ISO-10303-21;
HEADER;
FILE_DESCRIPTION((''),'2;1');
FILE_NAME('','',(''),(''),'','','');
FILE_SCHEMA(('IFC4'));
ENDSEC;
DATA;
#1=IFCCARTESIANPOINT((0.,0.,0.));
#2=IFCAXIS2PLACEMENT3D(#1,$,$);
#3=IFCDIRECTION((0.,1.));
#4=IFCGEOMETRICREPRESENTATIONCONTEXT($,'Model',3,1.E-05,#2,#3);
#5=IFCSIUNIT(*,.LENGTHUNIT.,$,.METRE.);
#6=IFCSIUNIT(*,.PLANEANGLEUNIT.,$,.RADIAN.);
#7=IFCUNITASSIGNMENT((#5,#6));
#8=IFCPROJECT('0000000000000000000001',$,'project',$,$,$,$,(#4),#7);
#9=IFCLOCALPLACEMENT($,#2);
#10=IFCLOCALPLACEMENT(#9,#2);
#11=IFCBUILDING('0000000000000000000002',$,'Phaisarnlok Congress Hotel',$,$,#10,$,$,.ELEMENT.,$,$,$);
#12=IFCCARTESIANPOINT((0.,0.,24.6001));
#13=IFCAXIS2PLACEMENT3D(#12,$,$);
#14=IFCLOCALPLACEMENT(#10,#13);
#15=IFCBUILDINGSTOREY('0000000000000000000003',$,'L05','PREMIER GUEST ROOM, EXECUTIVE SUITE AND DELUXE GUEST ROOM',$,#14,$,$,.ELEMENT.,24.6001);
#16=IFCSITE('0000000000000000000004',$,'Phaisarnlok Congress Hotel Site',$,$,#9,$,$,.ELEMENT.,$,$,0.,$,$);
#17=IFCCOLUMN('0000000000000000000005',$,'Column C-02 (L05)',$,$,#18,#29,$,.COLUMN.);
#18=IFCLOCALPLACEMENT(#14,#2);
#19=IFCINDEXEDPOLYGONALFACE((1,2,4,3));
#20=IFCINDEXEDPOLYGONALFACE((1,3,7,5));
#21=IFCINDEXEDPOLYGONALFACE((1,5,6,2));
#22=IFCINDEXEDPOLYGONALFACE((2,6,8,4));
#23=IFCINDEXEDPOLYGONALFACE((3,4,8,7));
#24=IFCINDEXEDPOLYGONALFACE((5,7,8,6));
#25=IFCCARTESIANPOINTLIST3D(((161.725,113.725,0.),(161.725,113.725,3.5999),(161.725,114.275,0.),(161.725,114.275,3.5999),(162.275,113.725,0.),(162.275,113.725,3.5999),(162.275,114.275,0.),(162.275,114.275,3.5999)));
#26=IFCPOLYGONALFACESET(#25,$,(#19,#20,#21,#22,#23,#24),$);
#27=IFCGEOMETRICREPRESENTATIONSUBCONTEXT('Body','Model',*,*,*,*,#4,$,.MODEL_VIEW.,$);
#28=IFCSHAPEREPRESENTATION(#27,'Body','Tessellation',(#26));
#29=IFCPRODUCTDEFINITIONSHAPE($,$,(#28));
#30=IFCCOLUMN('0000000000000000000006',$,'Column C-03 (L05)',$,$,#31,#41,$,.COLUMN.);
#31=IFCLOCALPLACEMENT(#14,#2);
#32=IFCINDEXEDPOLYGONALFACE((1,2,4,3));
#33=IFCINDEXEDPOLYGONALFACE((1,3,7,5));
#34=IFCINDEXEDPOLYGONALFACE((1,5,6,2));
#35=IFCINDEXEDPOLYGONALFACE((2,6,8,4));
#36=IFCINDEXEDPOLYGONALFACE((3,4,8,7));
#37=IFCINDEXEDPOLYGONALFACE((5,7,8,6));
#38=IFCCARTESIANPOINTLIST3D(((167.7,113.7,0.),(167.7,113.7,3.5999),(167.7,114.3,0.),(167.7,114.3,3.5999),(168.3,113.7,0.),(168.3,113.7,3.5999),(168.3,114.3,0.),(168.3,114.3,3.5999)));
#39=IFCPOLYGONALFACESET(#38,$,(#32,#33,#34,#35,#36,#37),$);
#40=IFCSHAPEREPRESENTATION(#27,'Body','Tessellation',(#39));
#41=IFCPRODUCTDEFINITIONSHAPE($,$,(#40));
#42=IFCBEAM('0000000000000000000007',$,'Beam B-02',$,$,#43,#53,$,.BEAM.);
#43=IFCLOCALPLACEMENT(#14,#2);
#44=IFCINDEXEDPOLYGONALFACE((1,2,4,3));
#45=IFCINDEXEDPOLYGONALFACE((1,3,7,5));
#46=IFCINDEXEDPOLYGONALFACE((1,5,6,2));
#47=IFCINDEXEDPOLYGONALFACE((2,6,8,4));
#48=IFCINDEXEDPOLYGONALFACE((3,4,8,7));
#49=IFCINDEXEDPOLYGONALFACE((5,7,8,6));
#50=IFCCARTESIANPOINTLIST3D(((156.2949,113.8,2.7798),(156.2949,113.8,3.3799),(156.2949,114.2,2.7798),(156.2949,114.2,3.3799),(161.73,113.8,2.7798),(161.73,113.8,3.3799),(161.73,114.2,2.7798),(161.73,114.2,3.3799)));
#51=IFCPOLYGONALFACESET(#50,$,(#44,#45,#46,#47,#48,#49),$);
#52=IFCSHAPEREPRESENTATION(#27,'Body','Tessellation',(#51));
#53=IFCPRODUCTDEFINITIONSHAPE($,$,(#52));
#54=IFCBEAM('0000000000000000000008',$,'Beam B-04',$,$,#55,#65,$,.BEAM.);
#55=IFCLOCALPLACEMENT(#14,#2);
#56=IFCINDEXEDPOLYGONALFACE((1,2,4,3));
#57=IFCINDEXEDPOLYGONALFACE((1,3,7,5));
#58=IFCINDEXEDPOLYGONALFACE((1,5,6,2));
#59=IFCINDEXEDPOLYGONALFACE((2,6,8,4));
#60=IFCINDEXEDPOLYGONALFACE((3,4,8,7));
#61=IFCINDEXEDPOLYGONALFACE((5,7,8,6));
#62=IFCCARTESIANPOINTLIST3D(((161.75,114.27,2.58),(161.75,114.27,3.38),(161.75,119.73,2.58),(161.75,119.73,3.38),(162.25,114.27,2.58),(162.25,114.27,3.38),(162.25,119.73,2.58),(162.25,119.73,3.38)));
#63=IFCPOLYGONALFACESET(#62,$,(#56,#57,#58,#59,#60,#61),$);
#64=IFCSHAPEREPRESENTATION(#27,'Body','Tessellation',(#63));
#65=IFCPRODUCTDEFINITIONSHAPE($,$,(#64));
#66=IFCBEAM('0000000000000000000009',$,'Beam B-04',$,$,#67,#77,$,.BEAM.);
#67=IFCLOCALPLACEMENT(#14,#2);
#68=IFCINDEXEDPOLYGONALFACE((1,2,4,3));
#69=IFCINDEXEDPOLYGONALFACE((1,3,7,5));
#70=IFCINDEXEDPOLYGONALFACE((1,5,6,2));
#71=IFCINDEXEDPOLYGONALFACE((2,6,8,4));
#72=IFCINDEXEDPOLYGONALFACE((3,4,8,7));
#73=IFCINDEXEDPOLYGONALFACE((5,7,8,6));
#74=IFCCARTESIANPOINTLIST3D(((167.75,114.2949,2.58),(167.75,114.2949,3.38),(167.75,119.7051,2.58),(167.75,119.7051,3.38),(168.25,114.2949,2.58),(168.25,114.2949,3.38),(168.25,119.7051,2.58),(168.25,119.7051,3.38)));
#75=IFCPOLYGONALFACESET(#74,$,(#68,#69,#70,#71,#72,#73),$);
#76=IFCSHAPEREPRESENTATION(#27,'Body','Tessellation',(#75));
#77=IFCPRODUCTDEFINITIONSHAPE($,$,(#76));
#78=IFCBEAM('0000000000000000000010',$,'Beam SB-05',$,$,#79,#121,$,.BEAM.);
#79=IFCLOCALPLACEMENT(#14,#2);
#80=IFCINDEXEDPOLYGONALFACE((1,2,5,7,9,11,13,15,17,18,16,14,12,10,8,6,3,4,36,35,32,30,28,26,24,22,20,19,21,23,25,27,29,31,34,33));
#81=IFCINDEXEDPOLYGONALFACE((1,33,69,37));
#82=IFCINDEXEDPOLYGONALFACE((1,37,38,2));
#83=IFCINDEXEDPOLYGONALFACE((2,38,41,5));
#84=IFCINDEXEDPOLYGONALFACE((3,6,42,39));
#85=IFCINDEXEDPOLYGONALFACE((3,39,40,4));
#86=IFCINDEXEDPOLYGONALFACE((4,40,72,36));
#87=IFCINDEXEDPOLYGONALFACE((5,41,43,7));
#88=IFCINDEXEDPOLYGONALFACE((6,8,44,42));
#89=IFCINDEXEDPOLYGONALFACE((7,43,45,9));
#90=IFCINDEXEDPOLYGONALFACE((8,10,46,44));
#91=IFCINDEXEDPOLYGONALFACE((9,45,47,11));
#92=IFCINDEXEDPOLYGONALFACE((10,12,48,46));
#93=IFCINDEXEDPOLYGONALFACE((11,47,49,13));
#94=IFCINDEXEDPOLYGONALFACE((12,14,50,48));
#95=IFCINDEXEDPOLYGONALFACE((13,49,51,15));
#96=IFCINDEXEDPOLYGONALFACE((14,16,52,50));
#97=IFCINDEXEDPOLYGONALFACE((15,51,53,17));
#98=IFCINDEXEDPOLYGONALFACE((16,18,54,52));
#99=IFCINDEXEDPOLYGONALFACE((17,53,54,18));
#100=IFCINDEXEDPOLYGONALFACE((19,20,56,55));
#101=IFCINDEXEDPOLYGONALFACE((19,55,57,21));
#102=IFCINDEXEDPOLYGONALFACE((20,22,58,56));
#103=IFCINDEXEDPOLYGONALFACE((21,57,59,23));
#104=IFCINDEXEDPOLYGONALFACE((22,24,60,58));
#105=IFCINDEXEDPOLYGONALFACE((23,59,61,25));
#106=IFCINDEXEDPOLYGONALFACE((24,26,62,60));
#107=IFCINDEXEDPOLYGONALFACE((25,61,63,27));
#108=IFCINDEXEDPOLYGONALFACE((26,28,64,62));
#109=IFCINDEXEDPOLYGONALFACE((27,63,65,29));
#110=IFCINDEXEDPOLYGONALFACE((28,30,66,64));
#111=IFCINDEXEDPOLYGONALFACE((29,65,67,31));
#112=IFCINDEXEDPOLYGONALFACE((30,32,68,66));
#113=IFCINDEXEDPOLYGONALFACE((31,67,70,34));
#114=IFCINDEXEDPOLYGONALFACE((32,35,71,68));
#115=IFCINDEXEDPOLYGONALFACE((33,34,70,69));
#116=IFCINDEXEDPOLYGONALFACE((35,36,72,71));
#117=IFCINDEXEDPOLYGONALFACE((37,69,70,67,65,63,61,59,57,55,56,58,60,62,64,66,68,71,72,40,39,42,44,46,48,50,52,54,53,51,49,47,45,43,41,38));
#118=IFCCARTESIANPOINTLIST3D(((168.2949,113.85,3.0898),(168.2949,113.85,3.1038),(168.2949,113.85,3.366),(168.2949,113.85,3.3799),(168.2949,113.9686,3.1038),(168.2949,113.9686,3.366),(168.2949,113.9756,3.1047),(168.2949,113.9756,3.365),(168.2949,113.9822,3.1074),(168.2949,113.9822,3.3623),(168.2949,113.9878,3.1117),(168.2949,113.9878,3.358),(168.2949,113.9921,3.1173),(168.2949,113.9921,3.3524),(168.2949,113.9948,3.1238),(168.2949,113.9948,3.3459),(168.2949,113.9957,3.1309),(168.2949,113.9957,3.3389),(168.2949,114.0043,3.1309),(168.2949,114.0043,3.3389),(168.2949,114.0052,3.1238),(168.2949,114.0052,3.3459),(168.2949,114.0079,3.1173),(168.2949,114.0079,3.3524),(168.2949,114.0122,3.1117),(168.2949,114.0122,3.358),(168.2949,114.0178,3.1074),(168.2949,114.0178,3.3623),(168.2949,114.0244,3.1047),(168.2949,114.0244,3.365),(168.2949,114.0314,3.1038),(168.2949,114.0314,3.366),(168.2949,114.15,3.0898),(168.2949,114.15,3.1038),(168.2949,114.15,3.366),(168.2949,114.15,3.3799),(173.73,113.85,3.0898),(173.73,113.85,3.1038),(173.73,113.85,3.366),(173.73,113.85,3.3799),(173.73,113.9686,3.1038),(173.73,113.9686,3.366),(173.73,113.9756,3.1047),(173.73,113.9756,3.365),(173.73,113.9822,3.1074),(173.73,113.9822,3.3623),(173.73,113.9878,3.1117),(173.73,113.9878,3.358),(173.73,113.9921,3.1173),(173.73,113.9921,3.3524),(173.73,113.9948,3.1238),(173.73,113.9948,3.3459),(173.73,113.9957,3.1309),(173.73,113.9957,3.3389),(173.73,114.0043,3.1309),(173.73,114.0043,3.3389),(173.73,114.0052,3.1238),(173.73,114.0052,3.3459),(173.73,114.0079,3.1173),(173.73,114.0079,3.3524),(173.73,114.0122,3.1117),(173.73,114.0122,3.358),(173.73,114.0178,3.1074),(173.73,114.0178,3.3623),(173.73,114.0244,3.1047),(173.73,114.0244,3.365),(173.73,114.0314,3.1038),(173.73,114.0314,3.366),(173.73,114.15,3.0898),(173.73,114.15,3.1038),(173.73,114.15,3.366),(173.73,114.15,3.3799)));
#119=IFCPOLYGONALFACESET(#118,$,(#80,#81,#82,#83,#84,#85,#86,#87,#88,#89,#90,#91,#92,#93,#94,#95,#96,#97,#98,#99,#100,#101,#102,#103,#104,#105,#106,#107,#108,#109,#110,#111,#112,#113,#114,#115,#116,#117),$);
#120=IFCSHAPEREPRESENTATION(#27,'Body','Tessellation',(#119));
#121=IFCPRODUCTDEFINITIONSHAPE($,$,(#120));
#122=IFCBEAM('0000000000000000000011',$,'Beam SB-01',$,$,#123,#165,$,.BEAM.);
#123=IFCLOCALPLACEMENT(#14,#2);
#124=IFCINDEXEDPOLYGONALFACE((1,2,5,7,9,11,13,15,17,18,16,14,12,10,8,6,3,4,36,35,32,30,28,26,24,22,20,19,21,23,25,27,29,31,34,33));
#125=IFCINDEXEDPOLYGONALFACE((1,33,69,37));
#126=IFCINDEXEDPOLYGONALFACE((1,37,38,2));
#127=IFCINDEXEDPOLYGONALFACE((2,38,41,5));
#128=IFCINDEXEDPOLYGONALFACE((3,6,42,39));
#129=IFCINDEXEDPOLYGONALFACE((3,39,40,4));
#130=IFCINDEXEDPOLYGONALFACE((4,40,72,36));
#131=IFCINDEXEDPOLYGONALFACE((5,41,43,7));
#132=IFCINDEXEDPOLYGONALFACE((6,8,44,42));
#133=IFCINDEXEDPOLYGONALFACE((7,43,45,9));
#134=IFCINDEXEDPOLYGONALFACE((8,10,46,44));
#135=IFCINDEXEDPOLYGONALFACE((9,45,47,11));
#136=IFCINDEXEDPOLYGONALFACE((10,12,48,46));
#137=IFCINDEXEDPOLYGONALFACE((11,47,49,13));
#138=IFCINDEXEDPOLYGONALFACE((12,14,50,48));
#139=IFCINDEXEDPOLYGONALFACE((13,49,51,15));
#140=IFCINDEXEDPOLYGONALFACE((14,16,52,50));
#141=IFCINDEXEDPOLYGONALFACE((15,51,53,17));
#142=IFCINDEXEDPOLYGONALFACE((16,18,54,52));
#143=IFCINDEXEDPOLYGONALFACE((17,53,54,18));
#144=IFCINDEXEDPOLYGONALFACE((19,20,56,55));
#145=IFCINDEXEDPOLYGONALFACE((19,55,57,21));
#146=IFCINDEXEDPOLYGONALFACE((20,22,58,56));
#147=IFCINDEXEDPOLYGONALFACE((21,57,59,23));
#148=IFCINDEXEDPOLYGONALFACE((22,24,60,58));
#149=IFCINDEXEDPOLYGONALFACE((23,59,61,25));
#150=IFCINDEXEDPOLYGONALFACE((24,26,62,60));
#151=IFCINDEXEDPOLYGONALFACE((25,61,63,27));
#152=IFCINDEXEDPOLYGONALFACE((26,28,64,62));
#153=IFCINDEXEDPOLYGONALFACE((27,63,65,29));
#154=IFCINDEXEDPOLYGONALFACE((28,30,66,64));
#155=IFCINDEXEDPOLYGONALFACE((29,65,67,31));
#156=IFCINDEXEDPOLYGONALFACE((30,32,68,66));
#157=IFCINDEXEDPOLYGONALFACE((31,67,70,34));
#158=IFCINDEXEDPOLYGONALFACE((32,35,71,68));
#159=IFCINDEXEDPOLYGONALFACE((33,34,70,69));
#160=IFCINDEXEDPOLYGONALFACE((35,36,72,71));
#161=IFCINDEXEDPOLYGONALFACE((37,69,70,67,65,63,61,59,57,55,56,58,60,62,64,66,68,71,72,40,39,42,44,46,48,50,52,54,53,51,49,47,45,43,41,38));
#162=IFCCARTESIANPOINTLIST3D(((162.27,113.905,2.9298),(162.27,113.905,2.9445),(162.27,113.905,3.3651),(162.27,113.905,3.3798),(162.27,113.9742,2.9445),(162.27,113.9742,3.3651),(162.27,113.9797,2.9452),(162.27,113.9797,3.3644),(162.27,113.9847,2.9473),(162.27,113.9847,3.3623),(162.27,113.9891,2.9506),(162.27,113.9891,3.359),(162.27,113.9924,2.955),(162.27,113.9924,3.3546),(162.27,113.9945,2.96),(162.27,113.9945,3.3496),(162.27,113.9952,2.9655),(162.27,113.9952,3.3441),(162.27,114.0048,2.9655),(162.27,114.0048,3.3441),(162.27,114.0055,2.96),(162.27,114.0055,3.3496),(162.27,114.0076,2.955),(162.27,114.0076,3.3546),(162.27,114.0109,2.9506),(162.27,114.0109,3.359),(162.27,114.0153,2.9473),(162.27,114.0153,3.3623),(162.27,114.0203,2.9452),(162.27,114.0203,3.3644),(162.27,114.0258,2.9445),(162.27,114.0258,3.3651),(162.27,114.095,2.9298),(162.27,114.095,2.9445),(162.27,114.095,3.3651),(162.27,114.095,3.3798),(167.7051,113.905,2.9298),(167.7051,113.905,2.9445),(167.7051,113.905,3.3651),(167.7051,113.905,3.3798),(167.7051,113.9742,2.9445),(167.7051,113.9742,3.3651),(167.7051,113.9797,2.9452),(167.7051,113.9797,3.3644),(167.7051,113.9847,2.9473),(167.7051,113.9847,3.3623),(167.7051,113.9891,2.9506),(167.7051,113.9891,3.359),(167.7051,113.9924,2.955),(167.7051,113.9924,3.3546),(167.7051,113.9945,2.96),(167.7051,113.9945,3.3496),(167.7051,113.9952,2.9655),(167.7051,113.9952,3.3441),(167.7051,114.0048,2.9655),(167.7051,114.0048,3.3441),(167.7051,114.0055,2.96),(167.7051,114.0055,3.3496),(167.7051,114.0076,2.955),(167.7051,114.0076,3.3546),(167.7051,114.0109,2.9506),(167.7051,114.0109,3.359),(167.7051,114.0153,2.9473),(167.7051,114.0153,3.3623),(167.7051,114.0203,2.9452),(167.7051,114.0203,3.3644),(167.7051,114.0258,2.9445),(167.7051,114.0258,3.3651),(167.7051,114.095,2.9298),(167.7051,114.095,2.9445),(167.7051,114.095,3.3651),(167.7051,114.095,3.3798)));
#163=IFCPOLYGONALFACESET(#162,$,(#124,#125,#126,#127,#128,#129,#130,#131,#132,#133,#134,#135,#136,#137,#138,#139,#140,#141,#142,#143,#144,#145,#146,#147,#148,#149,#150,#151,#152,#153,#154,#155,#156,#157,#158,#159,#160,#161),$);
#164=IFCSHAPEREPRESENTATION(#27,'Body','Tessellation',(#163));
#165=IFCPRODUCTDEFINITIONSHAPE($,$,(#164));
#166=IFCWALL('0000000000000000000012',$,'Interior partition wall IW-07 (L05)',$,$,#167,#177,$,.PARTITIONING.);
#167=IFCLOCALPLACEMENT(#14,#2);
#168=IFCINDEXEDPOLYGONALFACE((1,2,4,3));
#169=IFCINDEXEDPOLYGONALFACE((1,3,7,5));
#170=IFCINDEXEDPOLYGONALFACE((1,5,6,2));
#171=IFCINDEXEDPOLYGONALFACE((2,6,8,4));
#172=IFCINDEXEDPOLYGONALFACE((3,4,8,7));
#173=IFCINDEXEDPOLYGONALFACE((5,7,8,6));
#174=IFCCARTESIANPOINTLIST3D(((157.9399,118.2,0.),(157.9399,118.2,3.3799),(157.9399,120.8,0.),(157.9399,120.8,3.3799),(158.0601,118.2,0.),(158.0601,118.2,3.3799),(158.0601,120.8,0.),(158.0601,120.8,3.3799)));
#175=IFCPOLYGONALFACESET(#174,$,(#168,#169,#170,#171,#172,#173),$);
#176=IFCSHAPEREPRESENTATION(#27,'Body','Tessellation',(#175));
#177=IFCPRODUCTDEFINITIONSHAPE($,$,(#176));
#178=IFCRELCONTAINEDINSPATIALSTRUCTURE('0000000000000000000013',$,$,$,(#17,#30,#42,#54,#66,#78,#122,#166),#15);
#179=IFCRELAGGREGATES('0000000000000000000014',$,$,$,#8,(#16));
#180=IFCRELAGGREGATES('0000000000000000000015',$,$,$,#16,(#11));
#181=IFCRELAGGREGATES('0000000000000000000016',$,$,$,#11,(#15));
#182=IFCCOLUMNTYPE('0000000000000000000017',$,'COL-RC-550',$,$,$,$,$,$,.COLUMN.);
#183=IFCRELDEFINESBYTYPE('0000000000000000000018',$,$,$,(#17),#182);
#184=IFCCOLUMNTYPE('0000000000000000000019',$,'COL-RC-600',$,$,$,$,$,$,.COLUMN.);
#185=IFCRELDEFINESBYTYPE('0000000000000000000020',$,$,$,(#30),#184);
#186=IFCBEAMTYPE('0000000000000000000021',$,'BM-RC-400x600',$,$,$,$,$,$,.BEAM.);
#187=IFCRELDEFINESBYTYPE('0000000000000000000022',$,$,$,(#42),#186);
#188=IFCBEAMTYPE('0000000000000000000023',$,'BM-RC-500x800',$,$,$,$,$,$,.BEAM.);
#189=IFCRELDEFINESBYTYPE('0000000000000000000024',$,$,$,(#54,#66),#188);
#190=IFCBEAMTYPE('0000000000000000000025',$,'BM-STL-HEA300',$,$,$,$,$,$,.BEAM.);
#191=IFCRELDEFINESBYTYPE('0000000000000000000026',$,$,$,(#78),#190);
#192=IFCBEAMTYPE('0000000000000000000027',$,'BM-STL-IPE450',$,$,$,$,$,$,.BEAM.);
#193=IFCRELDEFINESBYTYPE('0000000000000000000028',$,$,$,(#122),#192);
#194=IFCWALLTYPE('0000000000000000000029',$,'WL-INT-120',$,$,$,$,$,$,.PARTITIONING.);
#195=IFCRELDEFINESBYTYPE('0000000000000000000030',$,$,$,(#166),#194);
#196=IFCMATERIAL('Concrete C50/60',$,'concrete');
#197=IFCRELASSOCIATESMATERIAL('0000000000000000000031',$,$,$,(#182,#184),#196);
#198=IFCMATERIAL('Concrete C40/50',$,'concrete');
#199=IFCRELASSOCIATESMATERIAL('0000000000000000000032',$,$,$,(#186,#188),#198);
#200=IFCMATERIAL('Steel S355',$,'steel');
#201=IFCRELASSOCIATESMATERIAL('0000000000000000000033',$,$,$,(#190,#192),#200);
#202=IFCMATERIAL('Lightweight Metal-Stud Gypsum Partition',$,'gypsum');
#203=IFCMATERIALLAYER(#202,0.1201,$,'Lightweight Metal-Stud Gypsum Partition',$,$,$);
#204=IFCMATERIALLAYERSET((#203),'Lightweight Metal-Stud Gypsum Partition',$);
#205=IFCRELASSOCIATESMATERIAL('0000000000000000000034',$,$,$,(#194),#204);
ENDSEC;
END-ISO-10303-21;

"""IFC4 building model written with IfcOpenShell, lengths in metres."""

from ifc_helpers import new_model, si_unit, direction, frame, frame_2d, origin, origin_2d, place, context, subcontext, project, spatial, rectangle, i_section, extrude, material, layer, layer_set, material_profile, profile_set, type_object, element, save


model = new_model("IFC4")

# Units and contexts
model_context = context("Model", 3, precision=1e-05, world=origin(), true_north=direction((0.0, 1.0)))
body_context = subcontext(model_context, "Body", "Model", "MODEL_VIEW")
ifc_project = project(units=[si_unit("LENGTHUNIT", "METRE"), si_unit("PLANEANGLEUNIT", "RADIAN")], contexts=[model_context])

# Site, building, storey
site_placement = place(None, origin())
site = spatial("IfcSite", under=ifc_project, at=site_placement, Name="Phaisarnlok Congress Hotel Site", CompositionType="ELEMENT", RefElevation=0.0)
building_placement = place(site_placement, origin())
building = spatial("IfcBuilding", under=site, at=building_placement, Name="Phaisarnlok Congress Hotel", CompositionType="ELEMENT")
storey_placement = place(building_placement, frame((0.0, 0.0, 24.6001)))
storey = spatial("IfcBuildingStorey", under=building, at=storey_placement, Name="L05", Description="PREMIER GUEST ROOM, EXECUTIVE SUITE AND DELUXE GUEST ROOM", CompositionType="ELEMENT", Elevation=24.6001)

# Columns
ifc_material_1 = material(Name="Concrete C50/60", Category="concrete")
ifc_material_profile_1 = material_profile(ifc_material_1, rectangle(XDim=0.55, YDim=0.55, at=origin_2d()), Name="RC 550x550")
ifc_profile_set_1 = profile_set([ifc_material_profile_1], Name="Concrete C50/60")
column_type_1 = type_object("IfcColumnType", Name="COL-RC-550", PredefinedType="COLUMN", material=ifc_profile_set_1)
column_1_placement = place(storey_placement, frame((162.0, 114.0, 0.0), z_axis=(0.0, 0.0, 1.0), x_axis=(1.0, 0.0, 0.0)))
element("IfcColumn", 1, at=column_1_placement, inside=storey, type_object=column_type_1, Name="Column C-02 (L05)", PredefinedType="COLUMN", context=body_context, shape_type="SweptSolid", body=[
    extrude(rectangle(XDim=0.55, YDim=0.55, at=origin_2d()), origin(), (0.0, 0.0, 1.0), 3.5999),
])
ifc_material_profile_2 = material_profile(ifc_material_1, rectangle(XDim=0.6001, YDim=0.6001, at=origin_2d()), Name="RC 600x600")
ifc_profile_set_2 = profile_set([ifc_material_profile_2], Name="Concrete C50/60")
column_type_2 = type_object("IfcColumnType", Name="COL-RC-600", PredefinedType="COLUMN", material=ifc_profile_set_2)
column_2_placement = place(storey_placement, frame((168.0, 114.0, 0.0), z_axis=(0.0, 0.0, 1.0), x_axis=(1.0, 0.0, 0.0)))
element("IfcColumn", 2, at=column_2_placement, inside=storey, type_object=column_type_2, Name="Column C-03 (L05)", PredefinedType="COLUMN", context=body_context, shape_type="SweptSolid", body=[
    extrude(rectangle(XDim=0.6001, YDim=0.6001, at=origin_2d()), origin(), (0.0, 0.0, 1.0), 3.5999),
])

# Beams
ifc_material_2 = material(Name="Concrete C40/50", Category="concrete")
ifc_material_profile_3 = material_profile(ifc_material_2, rectangle(XDim=0.3999, YDim=0.6001, at=origin_2d()), Name="RC 400x600")
ifc_profile_set_3 = profile_set([ifc_material_profile_3], Name="Concrete C40/50")
beam_type_1 = type_object("IfcBeamType", Name="BM-RC-400x600", PredefinedType="BEAM", material=ifc_profile_set_3)
beam_1_placement = place(storey_placement, frame((156.2949, 114.0, 3.0798), z_axis=(1.0, 0.0, 0.0), x_axis=(0.0, 1.0, 0.0)))
element("IfcBeam", 3, at=beam_1_placement, inside=storey, type_object=beam_type_1, Name="Beam B-02", PredefinedType="BEAM", context=body_context, shape_type="SweptSolid", body=[
    extrude(rectangle(XDim=0.3999, YDim=0.6001, at=origin_2d()), origin(), (0.0, 0.0, 1.0), 5.4351),
])
ifc_material_profile_4 = material_profile(ifc_material_2, rectangle(XDim=0.5, YDim=0.8, at=origin_2d()), Name="RC 500x800")
ifc_profile_set_4 = profile_set([ifc_material_profile_4], Name="Concrete C40/50")
beam_type_2 = type_object("IfcBeamType", Name="BM-RC-500x800", PredefinedType="BEAM", material=ifc_profile_set_4)
beam_2_placement = place(storey_placement, frame((162.0, 114.27, 2.98), z_axis=(0.0, 1.0, 0.0), x_axis=(-1.0, 0.0, 0.0)))
element("IfcBeam", 4, at=beam_2_placement, inside=storey, type_object=beam_type_2, Name="Beam B-04", PredefinedType="BEAM", context=body_context, shape_type="SweptSolid", body=[
    extrude(rectangle(XDim=0.5, YDim=0.8, at=origin_2d()), origin(), (0.0, 0.0, 1.0), 5.46),
])
beam_3_placement = place(storey_placement, frame((168.0, 114.2949, 2.98), z_axis=(0.0, 1.0, 0.0), x_axis=(-1.0, 0.0, 0.0)))
element("IfcBeam", 5, at=beam_3_placement, inside=storey, type_object=beam_type_2, Name="Beam B-04", PredefinedType="BEAM", context=body_context, shape_type="SweptSolid", body=[
    extrude(rectangle(XDim=0.5, YDim=0.8, at=origin_2d()), origin(), (0.0, 0.0, 1.0), 5.4102),
])
ifc_material_3 = material(Name="Steel S355", Category="steel")
ifc_material_profile_5 = material_profile(ifc_material_3, i_section(OverallWidth=0.3, OverallDepth=0.29, WebThickness=0.0085, FlangeThickness=0.0139, FilletRadius=0.0271, at=origin_2d()), Name="HEA 300")
ifc_profile_set_5 = profile_set([ifc_material_profile_5], Name="Steel S355")
beam_type_3 = type_object("IfcBeamType", Name="BM-STL-HEA300", PredefinedType="BEAM", material=ifc_profile_set_5)
beam_4_placement = place(storey_placement, frame((168.2949, 114.0, 3.2349), z_axis=(1.0, 0.0, 0.0), x_axis=(0.0, 1.0, 0.0)))
element("IfcBeam", 6, at=beam_4_placement, inside=storey, type_object=beam_type_3, Name="Beam SB-05", PredefinedType="BEAM", context=body_context, shape_type="SweptSolid", body=[
    extrude(i_section(OverallWidth=0.3, OverallDepth=0.29, WebThickness=0.0085, FlangeThickness=0.0139, FilletRadius=0.0271, at=origin_2d()), origin(), (0.0, 0.0, 1.0), 5.4351),
])
ifc_material_profile_6 = material_profile(ifc_material_3, i_section(OverallWidth=0.1899, OverallDepth=0.45, WebThickness=0.0095, FlangeThickness=0.0146, FilletRadius=0.021, at=origin_2d()), Name="IPE 450")
ifc_profile_set_6 = profile_set([ifc_material_profile_6], Name="Steel S355")
beam_type_4 = type_object("IfcBeamType", Name="BM-STL-IPE450", PredefinedType="BEAM", material=ifc_profile_set_6)
beam_5_placement = place(storey_placement, frame((162.27, 114.0, 3.1548), z_axis=(1.0, 0.0, 0.0), x_axis=(0.0, 1.0, 0.0)))
element("IfcBeam", 7, at=beam_5_placement, inside=storey, type_object=beam_type_4, Name="Beam SB-01", PredefinedType="BEAM", context=body_context, shape_type="SweptSolid", body=[
    extrude(i_section(OverallWidth=0.1899, OverallDepth=0.45, WebThickness=0.0095, FlangeThickness=0.0146, FilletRadius=0.021, at=origin_2d()), origin(), (0.0, 0.0, 1.0), 5.4351),
])

# Wall
ifc_material_4 = material(Name="Lightweight Metal-Stud Gypsum Partition", Category="gypsum")
ifc_layer_1 = layer(ifc_material_4, 0.1201, Name="Lightweight Metal-Stud Gypsum Partition")
ifc_layer_set_1 = layer_set([ifc_layer_1], Name="Lightweight Metal-Stud Gypsum Partition")
wall_type_1 = type_object("IfcWallType", Name="WL-INT-120", PredefinedType="PARTITIONING", material=ifc_layer_set_1)
wall_1_placement = place(storey_placement, frame((158.0, 118.2, 0.0), z_axis=(0.0, 0.0, 1.0), x_axis=(0.0, 1.0, 0.0)))
element("IfcWall", 8, at=wall_1_placement, inside=storey, type_object=wall_type_1, Name="Interior partition wall IW-07 (L05)", PredefinedType="PARTITIONING", context=body_context, shape_type="SweptSolid", body=[
    extrude(rectangle(XDim=2.6001, YDim=0.1201, at=frame_2d((1.3, 0.0))), origin(), (0.0, 0.0, 1.0), 3.3799),
])

save(model, "model.ifc")
